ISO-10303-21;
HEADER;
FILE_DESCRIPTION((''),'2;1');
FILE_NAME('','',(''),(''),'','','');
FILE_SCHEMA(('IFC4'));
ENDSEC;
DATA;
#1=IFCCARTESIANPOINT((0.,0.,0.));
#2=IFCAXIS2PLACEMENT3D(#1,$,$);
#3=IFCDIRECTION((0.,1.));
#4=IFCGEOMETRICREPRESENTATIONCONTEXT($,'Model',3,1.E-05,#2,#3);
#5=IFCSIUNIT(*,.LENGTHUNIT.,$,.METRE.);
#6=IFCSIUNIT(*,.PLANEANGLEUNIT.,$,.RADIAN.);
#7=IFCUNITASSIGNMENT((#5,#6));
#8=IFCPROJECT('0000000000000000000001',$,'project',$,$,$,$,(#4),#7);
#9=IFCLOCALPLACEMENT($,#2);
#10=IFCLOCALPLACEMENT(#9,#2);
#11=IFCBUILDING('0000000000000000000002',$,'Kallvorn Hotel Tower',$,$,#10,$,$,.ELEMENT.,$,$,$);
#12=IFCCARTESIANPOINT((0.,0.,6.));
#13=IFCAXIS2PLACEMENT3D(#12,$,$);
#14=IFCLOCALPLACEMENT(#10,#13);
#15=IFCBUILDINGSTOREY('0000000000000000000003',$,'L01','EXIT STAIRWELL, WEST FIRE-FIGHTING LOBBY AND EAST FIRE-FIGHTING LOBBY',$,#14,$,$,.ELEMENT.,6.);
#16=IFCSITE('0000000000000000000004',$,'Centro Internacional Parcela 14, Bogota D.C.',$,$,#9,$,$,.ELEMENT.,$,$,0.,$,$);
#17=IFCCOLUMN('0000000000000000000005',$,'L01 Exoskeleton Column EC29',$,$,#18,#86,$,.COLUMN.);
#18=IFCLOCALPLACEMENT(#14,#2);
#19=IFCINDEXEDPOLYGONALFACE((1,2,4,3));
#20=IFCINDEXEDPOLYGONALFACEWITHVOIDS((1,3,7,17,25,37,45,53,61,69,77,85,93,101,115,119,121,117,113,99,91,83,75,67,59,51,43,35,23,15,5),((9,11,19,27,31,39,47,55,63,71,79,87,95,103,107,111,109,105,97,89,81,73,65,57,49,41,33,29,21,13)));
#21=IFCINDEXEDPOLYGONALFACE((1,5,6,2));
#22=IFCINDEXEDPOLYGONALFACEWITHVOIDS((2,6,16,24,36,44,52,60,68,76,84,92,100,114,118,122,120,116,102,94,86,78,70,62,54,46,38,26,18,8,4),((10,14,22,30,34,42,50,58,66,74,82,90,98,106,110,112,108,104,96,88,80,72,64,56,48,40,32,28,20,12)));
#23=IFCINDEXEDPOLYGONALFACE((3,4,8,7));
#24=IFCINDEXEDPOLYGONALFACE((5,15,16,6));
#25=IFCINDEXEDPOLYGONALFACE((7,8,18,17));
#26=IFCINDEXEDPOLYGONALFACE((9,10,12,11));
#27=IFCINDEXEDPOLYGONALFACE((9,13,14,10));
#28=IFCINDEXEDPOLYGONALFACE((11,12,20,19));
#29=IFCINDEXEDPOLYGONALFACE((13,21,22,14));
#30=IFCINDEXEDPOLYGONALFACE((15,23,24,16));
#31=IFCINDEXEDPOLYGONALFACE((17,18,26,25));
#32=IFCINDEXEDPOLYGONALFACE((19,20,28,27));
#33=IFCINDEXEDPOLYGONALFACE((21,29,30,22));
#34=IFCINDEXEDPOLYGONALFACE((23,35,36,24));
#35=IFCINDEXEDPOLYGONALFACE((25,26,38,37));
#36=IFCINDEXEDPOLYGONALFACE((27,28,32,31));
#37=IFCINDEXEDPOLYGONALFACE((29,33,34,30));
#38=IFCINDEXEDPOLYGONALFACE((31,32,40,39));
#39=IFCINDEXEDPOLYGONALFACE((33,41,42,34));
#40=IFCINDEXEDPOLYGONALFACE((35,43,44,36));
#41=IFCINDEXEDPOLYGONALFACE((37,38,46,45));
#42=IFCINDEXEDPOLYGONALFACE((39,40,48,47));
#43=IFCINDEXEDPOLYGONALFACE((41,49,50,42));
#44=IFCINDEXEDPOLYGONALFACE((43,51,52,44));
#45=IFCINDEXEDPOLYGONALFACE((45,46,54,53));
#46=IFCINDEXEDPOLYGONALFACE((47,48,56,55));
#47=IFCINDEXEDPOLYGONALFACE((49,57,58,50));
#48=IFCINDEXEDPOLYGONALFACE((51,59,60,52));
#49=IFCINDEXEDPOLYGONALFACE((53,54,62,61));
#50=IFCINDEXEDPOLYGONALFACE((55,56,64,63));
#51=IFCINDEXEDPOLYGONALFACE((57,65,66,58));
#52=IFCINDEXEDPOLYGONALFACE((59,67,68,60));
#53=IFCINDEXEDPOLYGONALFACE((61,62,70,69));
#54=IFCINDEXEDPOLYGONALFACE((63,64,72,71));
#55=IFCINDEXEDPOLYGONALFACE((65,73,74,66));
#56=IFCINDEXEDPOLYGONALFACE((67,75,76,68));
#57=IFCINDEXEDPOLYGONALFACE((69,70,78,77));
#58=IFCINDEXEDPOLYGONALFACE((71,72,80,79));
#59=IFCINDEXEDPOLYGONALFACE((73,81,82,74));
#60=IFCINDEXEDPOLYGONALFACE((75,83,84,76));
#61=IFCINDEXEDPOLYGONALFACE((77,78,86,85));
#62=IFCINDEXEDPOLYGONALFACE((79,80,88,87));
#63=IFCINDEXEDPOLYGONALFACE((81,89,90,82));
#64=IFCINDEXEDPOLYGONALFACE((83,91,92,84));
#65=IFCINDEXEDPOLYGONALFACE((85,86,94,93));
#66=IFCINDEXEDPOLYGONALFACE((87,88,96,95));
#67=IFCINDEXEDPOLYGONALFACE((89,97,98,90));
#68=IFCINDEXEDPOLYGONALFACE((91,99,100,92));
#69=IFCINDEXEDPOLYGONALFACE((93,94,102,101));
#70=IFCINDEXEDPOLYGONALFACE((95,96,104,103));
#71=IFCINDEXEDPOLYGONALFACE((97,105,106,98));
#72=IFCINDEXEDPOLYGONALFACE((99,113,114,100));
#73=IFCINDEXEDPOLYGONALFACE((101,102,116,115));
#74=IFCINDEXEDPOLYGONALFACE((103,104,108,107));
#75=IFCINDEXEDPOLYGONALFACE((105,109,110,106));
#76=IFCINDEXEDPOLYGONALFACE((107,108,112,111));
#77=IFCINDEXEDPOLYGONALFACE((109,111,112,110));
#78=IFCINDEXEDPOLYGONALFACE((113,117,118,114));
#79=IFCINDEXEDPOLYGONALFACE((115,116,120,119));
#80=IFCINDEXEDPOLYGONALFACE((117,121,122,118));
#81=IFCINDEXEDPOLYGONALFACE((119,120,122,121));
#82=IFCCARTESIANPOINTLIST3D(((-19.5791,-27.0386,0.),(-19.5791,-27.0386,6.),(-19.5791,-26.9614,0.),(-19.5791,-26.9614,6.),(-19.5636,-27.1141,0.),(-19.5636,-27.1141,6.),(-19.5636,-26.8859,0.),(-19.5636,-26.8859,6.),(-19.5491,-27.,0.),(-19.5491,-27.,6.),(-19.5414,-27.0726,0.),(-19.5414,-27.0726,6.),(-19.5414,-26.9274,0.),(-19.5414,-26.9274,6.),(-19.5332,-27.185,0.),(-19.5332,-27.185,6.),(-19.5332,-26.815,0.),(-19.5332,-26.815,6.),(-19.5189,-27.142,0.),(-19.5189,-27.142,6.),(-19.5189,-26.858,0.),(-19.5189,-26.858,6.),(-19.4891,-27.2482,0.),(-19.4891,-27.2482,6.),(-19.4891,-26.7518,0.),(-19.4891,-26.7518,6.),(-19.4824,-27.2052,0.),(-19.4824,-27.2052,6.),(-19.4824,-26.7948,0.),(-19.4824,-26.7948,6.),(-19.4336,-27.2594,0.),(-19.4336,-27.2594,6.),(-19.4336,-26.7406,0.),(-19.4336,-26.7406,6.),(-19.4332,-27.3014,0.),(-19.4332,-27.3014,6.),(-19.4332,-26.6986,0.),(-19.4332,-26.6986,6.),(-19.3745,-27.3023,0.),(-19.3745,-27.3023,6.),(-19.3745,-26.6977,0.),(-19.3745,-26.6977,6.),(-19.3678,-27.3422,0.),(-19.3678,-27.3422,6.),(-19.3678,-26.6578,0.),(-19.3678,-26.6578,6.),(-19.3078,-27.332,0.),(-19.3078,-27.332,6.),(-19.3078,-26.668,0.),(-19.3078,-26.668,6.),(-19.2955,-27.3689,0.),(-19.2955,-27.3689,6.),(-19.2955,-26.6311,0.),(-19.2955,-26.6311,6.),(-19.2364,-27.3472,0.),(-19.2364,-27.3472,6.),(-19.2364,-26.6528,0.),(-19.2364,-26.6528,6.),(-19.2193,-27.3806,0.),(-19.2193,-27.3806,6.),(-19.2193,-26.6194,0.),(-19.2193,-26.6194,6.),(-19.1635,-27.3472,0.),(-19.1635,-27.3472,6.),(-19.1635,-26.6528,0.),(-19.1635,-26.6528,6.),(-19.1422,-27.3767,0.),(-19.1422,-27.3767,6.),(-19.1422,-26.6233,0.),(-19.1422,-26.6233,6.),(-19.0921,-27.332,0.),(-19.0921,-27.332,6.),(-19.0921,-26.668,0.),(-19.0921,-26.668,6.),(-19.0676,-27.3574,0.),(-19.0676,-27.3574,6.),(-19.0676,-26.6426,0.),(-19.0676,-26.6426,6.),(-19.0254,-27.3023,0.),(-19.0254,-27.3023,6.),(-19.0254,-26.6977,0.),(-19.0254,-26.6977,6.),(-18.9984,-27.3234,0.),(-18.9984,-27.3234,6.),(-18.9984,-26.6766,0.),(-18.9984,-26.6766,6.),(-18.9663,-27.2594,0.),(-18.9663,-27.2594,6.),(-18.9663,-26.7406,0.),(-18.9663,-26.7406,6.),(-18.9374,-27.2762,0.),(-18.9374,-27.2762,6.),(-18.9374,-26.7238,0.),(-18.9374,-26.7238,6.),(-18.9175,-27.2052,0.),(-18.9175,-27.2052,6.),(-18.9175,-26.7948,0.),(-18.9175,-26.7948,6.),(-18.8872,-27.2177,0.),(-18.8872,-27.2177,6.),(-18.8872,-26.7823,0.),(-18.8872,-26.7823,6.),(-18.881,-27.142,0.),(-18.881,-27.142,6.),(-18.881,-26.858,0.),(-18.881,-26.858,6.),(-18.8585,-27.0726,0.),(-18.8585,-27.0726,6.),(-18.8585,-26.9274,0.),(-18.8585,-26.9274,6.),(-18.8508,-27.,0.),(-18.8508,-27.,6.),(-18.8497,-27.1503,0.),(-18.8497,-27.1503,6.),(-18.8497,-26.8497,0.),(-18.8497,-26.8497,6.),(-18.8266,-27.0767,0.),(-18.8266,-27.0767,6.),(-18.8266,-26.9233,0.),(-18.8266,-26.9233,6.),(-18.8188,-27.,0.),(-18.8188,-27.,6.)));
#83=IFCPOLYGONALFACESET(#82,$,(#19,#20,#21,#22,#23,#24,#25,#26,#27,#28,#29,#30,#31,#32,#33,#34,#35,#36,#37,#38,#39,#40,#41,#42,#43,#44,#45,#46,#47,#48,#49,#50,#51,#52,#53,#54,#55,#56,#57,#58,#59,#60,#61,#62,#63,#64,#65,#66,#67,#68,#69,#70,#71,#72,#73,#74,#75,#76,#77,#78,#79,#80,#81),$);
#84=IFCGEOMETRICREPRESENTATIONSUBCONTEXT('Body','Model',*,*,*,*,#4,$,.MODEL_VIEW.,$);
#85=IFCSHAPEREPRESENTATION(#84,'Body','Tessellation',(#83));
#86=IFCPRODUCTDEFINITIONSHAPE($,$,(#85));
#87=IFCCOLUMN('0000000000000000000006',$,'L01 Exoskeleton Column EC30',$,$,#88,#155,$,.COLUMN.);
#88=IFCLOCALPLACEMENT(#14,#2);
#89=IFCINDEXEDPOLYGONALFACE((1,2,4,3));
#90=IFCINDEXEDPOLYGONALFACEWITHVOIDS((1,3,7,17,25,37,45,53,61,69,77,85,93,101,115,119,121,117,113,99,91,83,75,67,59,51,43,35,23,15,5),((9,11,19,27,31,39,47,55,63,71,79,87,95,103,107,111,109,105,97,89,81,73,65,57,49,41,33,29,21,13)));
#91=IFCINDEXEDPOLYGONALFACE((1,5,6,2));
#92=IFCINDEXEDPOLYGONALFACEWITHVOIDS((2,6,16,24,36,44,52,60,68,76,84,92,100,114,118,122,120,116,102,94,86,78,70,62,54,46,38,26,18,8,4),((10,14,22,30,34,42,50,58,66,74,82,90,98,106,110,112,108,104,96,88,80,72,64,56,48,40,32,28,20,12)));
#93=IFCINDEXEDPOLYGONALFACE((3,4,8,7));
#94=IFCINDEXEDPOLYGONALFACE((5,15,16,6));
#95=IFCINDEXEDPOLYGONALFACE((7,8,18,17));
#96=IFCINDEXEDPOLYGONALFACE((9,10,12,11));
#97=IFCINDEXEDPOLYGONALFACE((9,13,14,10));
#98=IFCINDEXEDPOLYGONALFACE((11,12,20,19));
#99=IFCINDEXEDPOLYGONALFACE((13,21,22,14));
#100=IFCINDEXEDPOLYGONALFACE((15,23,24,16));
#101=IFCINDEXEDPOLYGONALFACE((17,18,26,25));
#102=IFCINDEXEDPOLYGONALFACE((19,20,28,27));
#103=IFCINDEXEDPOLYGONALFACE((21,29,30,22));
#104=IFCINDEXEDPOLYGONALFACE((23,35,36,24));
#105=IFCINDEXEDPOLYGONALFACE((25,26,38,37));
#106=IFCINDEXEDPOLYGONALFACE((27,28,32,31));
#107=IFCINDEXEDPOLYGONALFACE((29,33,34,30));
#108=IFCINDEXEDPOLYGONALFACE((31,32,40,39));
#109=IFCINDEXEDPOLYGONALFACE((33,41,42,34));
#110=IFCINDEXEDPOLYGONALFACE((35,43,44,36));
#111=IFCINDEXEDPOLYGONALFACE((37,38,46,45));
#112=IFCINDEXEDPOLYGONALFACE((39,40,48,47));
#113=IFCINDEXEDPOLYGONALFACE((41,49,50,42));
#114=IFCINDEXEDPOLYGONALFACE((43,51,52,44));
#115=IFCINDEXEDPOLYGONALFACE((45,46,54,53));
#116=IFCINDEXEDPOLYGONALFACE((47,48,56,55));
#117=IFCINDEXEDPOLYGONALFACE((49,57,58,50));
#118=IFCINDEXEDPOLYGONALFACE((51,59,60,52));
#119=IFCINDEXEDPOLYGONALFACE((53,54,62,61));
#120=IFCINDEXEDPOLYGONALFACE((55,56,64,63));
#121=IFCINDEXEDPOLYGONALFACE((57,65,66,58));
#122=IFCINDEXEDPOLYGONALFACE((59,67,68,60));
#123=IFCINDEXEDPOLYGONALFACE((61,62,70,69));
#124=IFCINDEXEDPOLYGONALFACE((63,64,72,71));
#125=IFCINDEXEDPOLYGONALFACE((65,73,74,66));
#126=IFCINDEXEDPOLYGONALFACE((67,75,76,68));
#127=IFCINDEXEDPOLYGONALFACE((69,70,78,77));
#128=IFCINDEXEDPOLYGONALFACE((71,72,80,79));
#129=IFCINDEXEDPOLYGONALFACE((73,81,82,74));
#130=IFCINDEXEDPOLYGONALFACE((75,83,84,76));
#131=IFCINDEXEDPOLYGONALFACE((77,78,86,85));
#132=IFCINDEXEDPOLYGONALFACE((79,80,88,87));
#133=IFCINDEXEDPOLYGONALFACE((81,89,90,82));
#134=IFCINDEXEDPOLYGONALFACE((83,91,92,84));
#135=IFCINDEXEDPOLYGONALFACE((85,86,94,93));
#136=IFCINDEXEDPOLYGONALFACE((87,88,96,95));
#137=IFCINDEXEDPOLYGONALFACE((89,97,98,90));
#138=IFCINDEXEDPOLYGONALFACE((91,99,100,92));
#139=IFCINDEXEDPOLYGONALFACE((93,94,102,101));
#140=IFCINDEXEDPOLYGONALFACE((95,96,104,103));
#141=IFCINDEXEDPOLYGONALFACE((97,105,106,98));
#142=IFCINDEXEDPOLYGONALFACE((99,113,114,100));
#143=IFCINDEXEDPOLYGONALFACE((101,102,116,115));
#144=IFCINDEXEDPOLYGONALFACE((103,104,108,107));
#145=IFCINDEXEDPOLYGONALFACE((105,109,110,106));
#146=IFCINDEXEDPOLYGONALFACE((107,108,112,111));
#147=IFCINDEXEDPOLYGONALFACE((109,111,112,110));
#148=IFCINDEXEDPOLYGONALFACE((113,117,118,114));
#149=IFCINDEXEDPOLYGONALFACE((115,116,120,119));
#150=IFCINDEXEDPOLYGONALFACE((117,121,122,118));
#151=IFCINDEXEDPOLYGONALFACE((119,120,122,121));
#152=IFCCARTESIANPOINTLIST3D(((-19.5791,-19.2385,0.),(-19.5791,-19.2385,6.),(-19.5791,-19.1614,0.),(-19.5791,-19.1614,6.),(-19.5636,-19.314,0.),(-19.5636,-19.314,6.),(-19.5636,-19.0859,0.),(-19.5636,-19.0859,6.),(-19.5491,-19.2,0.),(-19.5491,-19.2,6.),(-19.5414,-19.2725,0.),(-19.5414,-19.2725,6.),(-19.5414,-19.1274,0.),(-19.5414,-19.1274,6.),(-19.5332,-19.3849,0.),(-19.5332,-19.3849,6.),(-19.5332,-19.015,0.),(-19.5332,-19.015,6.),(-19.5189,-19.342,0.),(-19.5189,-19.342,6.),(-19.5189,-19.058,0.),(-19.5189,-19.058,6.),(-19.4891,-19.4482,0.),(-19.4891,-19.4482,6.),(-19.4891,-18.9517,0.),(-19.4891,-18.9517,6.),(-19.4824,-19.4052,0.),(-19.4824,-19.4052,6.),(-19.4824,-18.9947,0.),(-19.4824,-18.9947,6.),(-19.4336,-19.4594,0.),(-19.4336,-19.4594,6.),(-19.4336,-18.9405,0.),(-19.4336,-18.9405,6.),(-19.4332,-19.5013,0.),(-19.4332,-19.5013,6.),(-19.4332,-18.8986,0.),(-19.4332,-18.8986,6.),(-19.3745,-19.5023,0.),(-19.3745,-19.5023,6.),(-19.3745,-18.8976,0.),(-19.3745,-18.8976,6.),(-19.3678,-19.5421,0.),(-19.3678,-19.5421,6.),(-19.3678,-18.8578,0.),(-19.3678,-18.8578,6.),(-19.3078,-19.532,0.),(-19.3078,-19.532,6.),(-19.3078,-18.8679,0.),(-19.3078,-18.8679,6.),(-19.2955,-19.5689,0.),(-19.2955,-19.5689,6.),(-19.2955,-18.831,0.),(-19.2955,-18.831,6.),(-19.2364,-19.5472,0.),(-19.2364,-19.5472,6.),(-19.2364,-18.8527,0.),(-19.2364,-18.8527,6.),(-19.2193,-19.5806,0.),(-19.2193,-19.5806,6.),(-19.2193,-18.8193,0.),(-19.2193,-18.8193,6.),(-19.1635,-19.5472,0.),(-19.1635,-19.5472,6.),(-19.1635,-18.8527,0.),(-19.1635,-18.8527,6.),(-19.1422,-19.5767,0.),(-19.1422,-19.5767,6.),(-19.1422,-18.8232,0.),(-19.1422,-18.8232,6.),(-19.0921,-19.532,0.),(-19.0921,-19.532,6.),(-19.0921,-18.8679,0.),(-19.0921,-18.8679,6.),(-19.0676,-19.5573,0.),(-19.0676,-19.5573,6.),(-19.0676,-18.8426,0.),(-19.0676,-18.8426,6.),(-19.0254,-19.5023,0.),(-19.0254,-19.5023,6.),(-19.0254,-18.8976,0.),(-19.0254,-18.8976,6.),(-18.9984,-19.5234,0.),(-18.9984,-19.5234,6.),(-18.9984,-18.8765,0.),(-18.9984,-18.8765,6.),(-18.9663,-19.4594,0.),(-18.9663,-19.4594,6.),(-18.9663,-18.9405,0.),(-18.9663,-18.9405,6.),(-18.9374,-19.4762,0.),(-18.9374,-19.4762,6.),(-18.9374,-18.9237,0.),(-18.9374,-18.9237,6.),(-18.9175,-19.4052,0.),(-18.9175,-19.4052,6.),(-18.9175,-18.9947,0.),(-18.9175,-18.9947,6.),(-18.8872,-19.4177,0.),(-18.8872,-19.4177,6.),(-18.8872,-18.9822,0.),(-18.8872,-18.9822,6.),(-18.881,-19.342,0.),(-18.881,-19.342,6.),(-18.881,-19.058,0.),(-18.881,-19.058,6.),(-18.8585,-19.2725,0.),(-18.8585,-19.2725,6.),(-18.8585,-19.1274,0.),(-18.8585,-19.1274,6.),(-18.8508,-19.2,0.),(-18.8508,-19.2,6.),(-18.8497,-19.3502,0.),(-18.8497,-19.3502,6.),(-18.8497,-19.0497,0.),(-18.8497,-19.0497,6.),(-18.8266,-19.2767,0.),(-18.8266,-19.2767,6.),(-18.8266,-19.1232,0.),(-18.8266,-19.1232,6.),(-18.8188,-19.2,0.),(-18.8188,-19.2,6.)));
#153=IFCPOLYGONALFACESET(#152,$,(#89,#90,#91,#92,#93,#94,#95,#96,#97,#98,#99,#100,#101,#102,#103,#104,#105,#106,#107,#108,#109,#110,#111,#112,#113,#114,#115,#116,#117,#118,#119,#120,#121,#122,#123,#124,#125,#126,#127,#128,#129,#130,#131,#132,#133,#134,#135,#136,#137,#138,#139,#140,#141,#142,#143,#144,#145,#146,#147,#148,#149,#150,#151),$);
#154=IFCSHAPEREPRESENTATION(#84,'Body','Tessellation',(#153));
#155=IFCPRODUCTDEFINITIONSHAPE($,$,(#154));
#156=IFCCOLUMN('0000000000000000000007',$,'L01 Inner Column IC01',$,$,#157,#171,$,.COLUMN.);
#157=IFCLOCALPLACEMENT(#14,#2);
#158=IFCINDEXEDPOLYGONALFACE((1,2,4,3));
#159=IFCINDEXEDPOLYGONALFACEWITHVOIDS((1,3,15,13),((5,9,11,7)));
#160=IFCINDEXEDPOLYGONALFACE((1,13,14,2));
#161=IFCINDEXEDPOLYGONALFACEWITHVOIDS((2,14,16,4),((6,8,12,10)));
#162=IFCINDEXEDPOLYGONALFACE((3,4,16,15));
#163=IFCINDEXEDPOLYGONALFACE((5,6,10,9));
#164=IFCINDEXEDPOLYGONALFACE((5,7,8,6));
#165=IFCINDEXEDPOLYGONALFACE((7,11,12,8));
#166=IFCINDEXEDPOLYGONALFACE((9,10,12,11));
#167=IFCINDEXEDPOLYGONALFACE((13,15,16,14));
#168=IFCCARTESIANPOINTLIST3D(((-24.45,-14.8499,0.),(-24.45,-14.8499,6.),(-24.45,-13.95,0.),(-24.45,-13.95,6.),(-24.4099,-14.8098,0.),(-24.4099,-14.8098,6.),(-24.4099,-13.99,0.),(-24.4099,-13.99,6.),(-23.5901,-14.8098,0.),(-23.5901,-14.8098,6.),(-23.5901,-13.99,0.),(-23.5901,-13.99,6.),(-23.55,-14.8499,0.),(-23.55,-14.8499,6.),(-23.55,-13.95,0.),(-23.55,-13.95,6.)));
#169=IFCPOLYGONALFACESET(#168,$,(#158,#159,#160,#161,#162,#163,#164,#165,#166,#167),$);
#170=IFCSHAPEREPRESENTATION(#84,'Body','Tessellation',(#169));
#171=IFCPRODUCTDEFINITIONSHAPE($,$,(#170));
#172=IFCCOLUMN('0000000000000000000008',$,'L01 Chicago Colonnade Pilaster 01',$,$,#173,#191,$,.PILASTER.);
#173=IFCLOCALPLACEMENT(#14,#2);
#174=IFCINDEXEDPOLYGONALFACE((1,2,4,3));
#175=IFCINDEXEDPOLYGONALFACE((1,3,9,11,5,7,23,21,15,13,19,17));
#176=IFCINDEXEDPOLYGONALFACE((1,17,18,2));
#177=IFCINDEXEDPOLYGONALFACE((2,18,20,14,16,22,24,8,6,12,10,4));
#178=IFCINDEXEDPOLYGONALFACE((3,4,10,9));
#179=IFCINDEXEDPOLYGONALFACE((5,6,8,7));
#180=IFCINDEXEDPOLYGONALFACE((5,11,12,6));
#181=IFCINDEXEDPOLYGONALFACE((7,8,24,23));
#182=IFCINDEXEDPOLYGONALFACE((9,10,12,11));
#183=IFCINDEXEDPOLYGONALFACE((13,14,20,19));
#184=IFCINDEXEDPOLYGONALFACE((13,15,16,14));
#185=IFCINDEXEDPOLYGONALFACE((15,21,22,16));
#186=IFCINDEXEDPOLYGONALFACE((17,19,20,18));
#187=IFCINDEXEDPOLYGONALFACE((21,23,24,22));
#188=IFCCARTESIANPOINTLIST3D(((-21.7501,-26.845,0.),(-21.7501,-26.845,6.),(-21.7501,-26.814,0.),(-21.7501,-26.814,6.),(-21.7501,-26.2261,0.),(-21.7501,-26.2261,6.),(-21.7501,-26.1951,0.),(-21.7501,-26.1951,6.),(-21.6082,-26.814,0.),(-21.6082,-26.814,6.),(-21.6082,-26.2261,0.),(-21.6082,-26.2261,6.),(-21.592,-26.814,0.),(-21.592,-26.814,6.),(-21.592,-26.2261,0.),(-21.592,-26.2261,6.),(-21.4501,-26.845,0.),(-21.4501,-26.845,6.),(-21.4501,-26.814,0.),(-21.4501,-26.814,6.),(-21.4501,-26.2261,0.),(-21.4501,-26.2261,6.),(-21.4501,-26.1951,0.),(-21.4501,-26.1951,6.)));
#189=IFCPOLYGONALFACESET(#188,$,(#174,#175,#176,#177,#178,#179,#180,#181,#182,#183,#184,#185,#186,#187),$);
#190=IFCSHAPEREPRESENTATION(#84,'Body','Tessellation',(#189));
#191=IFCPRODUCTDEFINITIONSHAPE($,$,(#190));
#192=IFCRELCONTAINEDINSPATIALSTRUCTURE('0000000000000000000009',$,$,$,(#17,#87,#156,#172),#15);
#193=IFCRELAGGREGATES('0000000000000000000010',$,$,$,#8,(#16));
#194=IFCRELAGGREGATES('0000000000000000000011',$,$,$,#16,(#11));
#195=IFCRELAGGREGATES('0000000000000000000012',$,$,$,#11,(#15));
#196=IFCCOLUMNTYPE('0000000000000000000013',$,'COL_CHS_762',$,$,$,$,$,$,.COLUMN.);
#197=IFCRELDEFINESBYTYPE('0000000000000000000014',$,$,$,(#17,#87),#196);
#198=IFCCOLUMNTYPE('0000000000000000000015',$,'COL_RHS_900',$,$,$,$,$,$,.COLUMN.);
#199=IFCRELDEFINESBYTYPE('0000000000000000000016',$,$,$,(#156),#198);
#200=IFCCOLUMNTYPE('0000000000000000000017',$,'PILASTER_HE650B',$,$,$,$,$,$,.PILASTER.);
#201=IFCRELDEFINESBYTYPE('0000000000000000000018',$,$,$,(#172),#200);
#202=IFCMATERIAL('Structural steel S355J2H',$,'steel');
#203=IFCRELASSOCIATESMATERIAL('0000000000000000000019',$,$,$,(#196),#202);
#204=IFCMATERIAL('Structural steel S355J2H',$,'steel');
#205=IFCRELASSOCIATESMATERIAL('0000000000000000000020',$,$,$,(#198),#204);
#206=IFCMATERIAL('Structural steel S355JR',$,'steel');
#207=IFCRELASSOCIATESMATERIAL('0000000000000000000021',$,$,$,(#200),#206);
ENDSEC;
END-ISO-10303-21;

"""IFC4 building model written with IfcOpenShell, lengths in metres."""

from ifc_helpers import new_model, si_unit, direction, frame, origin, origin_2d, place, context, subcontext, project, spatial, hollow_rectangle, hollow_circle, i_section, extrude, material, material_profile, profile_set, type_object, element, save


model = new_model("IFC4")

# Units and contexts
model_context = context("Model", 3, precision=1e-05, world=origin(), true_north=direction((0.0, 1.0)))
body_context = subcontext(model_context, "Body", "Model", "MODEL_VIEW")
ifc_project = project(units=[si_unit("LENGTHUNIT", "METRE"), si_unit("PLANEANGLEUNIT", "RADIAN")], contexts=[model_context])

# Site, building, storey
site_placement = place(None, origin())
site = spatial("IfcSite", under=ifc_project, at=site_placement, Name="Centro Internacional Parcela 14, Bogota D.C.", CompositionType="ELEMENT", RefElevation=0.0)
building_placement = place(site_placement, origin())
building = spatial("IfcBuilding", under=site, at=building_placement, Name="Kallvorn Hotel Tower", CompositionType="ELEMENT")
storey_placement = place(building_placement, frame((0.0, 0.0, 6.0)))
storey = spatial("IfcBuildingStorey", under=building, at=storey_placement, Name="L01", Description="EXIT STAIRWELL, WEST FIRE-FIGHTING LOBBY AND EAST FIRE-FIGHTING LOBBY", CompositionType="ELEMENT", Elevation=6.0)

# Columns
ifc_material_1 = material(Name="Structural steel S355J2H", Category="steel")
ifc_material_profile_1 = material_profile(ifc_material_1, hollow_circle(Radius=0.3811, WallThickness=0.032, at=origin_2d()), Name="CHS 762x32")
ifc_profile_set_1 = profile_set([ifc_material_profile_1], Name="Structural steel S355J2H")
column_type_1 = type_object("IfcColumnType", Name="COL_CHS_762", PredefinedType="COLUMN", material=ifc_profile_set_1)
for number, where, z_axis, x_axis, name in (
    (1, (-19.2, -27.0, 0.0), (0.0, 0.0, 1.0), (1.0, 0.0, 0.0), "L01 Exoskeleton Column EC29"),
    (2, (-19.2, -19.2, 0.0), (0.0, 0.0, 1.0), (1.0, 0.0, 0.0), "L01 Exoskeleton Column EC30"),
):
    element("IfcColumn", number, at=place(storey_placement, frame(where, z_axis=z_axis, x_axis=x_axis)), inside=storey, type_object=column_type_1, Name=name, PredefinedType="COLUMN", context=body_context, shape_type="SweptSolid", body=[
        extrude(hollow_circle(Radius=0.3811, WallThickness=0.032, at=origin_2d()), origin(), (0.0, 0.0, 1.0), 6.0),
    ])
ifc_material_2 = material(Name="Structural steel S355J2H", Category="steel")
ifc_material_profile_2 = material_profile(ifc_material_2, hollow_rectangle(XDim=0.8999, YDim=0.8999, WallThickness=0.04, at=origin_2d()), Name="RHS 900x900x40")
ifc_profile_set_2 = profile_set([ifc_material_profile_2], Name="Structural steel S355J2H")
column_type_2 = type_object("IfcColumnType", Name="COL_RHS_900", PredefinedType="COLUMN", material=ifc_profile_set_2)
column_1_placement = place(storey_placement, frame((-24.0, -14.3999, 0.0), z_axis=(0.0, 0.0, 1.0), x_axis=(1.0, 0.0, 0.0)))
element("IfcColumn", 3, at=column_1_placement, inside=storey, type_object=column_type_2, Name="L01 Inner Column IC01", PredefinedType="COLUMN", context=body_context, shape_type="SweptSolid", body=[
    extrude(hollow_rectangle(XDim=0.8999, YDim=0.8999, WallThickness=0.04, at=origin_2d()), origin(), (0.0, 0.0, 1.0), 6.0),
])
ifc_material_3 = material(Name="Structural steel S355JR", Category="steel")
ifc_material_profile_3 = material_profile(ifc_material_3, i_section(OverallWidth=0.3, OverallDepth=0.6499, WebThickness=0.0161, FlangeThickness=0.031, at=origin_2d()), Name="HE 650 B")
ifc_profile_set_3 = profile_set([ifc_material_profile_3], Name="Structural steel S355JR")
column_type_3 = type_object("IfcColumnType", Name="PILASTER_HE650B", PredefinedType="PILASTER", material=ifc_profile_set_3)
column_2_placement = place(storey_placement, frame((-21.6001, -26.52, 0.0), z_axis=(0.0, 0.0, 1.0), x_axis=(1.0, 0.0, 0.0)))
element("IfcColumn", 4, at=column_2_placement, inside=storey, type_object=column_type_3, Name="L01 Chicago Colonnade Pilaster 01", PredefinedType="PILASTER", context=body_context, shape_type="SweptSolid", body=[
    extrude(i_section(OverallWidth=0.3, OverallDepth=0.6499, WebThickness=0.0161, FlangeThickness=0.031, at=origin_2d()), origin(), (0.0, 0.0, 1.0), 6.0),
])

save(model, "model.ifc")
